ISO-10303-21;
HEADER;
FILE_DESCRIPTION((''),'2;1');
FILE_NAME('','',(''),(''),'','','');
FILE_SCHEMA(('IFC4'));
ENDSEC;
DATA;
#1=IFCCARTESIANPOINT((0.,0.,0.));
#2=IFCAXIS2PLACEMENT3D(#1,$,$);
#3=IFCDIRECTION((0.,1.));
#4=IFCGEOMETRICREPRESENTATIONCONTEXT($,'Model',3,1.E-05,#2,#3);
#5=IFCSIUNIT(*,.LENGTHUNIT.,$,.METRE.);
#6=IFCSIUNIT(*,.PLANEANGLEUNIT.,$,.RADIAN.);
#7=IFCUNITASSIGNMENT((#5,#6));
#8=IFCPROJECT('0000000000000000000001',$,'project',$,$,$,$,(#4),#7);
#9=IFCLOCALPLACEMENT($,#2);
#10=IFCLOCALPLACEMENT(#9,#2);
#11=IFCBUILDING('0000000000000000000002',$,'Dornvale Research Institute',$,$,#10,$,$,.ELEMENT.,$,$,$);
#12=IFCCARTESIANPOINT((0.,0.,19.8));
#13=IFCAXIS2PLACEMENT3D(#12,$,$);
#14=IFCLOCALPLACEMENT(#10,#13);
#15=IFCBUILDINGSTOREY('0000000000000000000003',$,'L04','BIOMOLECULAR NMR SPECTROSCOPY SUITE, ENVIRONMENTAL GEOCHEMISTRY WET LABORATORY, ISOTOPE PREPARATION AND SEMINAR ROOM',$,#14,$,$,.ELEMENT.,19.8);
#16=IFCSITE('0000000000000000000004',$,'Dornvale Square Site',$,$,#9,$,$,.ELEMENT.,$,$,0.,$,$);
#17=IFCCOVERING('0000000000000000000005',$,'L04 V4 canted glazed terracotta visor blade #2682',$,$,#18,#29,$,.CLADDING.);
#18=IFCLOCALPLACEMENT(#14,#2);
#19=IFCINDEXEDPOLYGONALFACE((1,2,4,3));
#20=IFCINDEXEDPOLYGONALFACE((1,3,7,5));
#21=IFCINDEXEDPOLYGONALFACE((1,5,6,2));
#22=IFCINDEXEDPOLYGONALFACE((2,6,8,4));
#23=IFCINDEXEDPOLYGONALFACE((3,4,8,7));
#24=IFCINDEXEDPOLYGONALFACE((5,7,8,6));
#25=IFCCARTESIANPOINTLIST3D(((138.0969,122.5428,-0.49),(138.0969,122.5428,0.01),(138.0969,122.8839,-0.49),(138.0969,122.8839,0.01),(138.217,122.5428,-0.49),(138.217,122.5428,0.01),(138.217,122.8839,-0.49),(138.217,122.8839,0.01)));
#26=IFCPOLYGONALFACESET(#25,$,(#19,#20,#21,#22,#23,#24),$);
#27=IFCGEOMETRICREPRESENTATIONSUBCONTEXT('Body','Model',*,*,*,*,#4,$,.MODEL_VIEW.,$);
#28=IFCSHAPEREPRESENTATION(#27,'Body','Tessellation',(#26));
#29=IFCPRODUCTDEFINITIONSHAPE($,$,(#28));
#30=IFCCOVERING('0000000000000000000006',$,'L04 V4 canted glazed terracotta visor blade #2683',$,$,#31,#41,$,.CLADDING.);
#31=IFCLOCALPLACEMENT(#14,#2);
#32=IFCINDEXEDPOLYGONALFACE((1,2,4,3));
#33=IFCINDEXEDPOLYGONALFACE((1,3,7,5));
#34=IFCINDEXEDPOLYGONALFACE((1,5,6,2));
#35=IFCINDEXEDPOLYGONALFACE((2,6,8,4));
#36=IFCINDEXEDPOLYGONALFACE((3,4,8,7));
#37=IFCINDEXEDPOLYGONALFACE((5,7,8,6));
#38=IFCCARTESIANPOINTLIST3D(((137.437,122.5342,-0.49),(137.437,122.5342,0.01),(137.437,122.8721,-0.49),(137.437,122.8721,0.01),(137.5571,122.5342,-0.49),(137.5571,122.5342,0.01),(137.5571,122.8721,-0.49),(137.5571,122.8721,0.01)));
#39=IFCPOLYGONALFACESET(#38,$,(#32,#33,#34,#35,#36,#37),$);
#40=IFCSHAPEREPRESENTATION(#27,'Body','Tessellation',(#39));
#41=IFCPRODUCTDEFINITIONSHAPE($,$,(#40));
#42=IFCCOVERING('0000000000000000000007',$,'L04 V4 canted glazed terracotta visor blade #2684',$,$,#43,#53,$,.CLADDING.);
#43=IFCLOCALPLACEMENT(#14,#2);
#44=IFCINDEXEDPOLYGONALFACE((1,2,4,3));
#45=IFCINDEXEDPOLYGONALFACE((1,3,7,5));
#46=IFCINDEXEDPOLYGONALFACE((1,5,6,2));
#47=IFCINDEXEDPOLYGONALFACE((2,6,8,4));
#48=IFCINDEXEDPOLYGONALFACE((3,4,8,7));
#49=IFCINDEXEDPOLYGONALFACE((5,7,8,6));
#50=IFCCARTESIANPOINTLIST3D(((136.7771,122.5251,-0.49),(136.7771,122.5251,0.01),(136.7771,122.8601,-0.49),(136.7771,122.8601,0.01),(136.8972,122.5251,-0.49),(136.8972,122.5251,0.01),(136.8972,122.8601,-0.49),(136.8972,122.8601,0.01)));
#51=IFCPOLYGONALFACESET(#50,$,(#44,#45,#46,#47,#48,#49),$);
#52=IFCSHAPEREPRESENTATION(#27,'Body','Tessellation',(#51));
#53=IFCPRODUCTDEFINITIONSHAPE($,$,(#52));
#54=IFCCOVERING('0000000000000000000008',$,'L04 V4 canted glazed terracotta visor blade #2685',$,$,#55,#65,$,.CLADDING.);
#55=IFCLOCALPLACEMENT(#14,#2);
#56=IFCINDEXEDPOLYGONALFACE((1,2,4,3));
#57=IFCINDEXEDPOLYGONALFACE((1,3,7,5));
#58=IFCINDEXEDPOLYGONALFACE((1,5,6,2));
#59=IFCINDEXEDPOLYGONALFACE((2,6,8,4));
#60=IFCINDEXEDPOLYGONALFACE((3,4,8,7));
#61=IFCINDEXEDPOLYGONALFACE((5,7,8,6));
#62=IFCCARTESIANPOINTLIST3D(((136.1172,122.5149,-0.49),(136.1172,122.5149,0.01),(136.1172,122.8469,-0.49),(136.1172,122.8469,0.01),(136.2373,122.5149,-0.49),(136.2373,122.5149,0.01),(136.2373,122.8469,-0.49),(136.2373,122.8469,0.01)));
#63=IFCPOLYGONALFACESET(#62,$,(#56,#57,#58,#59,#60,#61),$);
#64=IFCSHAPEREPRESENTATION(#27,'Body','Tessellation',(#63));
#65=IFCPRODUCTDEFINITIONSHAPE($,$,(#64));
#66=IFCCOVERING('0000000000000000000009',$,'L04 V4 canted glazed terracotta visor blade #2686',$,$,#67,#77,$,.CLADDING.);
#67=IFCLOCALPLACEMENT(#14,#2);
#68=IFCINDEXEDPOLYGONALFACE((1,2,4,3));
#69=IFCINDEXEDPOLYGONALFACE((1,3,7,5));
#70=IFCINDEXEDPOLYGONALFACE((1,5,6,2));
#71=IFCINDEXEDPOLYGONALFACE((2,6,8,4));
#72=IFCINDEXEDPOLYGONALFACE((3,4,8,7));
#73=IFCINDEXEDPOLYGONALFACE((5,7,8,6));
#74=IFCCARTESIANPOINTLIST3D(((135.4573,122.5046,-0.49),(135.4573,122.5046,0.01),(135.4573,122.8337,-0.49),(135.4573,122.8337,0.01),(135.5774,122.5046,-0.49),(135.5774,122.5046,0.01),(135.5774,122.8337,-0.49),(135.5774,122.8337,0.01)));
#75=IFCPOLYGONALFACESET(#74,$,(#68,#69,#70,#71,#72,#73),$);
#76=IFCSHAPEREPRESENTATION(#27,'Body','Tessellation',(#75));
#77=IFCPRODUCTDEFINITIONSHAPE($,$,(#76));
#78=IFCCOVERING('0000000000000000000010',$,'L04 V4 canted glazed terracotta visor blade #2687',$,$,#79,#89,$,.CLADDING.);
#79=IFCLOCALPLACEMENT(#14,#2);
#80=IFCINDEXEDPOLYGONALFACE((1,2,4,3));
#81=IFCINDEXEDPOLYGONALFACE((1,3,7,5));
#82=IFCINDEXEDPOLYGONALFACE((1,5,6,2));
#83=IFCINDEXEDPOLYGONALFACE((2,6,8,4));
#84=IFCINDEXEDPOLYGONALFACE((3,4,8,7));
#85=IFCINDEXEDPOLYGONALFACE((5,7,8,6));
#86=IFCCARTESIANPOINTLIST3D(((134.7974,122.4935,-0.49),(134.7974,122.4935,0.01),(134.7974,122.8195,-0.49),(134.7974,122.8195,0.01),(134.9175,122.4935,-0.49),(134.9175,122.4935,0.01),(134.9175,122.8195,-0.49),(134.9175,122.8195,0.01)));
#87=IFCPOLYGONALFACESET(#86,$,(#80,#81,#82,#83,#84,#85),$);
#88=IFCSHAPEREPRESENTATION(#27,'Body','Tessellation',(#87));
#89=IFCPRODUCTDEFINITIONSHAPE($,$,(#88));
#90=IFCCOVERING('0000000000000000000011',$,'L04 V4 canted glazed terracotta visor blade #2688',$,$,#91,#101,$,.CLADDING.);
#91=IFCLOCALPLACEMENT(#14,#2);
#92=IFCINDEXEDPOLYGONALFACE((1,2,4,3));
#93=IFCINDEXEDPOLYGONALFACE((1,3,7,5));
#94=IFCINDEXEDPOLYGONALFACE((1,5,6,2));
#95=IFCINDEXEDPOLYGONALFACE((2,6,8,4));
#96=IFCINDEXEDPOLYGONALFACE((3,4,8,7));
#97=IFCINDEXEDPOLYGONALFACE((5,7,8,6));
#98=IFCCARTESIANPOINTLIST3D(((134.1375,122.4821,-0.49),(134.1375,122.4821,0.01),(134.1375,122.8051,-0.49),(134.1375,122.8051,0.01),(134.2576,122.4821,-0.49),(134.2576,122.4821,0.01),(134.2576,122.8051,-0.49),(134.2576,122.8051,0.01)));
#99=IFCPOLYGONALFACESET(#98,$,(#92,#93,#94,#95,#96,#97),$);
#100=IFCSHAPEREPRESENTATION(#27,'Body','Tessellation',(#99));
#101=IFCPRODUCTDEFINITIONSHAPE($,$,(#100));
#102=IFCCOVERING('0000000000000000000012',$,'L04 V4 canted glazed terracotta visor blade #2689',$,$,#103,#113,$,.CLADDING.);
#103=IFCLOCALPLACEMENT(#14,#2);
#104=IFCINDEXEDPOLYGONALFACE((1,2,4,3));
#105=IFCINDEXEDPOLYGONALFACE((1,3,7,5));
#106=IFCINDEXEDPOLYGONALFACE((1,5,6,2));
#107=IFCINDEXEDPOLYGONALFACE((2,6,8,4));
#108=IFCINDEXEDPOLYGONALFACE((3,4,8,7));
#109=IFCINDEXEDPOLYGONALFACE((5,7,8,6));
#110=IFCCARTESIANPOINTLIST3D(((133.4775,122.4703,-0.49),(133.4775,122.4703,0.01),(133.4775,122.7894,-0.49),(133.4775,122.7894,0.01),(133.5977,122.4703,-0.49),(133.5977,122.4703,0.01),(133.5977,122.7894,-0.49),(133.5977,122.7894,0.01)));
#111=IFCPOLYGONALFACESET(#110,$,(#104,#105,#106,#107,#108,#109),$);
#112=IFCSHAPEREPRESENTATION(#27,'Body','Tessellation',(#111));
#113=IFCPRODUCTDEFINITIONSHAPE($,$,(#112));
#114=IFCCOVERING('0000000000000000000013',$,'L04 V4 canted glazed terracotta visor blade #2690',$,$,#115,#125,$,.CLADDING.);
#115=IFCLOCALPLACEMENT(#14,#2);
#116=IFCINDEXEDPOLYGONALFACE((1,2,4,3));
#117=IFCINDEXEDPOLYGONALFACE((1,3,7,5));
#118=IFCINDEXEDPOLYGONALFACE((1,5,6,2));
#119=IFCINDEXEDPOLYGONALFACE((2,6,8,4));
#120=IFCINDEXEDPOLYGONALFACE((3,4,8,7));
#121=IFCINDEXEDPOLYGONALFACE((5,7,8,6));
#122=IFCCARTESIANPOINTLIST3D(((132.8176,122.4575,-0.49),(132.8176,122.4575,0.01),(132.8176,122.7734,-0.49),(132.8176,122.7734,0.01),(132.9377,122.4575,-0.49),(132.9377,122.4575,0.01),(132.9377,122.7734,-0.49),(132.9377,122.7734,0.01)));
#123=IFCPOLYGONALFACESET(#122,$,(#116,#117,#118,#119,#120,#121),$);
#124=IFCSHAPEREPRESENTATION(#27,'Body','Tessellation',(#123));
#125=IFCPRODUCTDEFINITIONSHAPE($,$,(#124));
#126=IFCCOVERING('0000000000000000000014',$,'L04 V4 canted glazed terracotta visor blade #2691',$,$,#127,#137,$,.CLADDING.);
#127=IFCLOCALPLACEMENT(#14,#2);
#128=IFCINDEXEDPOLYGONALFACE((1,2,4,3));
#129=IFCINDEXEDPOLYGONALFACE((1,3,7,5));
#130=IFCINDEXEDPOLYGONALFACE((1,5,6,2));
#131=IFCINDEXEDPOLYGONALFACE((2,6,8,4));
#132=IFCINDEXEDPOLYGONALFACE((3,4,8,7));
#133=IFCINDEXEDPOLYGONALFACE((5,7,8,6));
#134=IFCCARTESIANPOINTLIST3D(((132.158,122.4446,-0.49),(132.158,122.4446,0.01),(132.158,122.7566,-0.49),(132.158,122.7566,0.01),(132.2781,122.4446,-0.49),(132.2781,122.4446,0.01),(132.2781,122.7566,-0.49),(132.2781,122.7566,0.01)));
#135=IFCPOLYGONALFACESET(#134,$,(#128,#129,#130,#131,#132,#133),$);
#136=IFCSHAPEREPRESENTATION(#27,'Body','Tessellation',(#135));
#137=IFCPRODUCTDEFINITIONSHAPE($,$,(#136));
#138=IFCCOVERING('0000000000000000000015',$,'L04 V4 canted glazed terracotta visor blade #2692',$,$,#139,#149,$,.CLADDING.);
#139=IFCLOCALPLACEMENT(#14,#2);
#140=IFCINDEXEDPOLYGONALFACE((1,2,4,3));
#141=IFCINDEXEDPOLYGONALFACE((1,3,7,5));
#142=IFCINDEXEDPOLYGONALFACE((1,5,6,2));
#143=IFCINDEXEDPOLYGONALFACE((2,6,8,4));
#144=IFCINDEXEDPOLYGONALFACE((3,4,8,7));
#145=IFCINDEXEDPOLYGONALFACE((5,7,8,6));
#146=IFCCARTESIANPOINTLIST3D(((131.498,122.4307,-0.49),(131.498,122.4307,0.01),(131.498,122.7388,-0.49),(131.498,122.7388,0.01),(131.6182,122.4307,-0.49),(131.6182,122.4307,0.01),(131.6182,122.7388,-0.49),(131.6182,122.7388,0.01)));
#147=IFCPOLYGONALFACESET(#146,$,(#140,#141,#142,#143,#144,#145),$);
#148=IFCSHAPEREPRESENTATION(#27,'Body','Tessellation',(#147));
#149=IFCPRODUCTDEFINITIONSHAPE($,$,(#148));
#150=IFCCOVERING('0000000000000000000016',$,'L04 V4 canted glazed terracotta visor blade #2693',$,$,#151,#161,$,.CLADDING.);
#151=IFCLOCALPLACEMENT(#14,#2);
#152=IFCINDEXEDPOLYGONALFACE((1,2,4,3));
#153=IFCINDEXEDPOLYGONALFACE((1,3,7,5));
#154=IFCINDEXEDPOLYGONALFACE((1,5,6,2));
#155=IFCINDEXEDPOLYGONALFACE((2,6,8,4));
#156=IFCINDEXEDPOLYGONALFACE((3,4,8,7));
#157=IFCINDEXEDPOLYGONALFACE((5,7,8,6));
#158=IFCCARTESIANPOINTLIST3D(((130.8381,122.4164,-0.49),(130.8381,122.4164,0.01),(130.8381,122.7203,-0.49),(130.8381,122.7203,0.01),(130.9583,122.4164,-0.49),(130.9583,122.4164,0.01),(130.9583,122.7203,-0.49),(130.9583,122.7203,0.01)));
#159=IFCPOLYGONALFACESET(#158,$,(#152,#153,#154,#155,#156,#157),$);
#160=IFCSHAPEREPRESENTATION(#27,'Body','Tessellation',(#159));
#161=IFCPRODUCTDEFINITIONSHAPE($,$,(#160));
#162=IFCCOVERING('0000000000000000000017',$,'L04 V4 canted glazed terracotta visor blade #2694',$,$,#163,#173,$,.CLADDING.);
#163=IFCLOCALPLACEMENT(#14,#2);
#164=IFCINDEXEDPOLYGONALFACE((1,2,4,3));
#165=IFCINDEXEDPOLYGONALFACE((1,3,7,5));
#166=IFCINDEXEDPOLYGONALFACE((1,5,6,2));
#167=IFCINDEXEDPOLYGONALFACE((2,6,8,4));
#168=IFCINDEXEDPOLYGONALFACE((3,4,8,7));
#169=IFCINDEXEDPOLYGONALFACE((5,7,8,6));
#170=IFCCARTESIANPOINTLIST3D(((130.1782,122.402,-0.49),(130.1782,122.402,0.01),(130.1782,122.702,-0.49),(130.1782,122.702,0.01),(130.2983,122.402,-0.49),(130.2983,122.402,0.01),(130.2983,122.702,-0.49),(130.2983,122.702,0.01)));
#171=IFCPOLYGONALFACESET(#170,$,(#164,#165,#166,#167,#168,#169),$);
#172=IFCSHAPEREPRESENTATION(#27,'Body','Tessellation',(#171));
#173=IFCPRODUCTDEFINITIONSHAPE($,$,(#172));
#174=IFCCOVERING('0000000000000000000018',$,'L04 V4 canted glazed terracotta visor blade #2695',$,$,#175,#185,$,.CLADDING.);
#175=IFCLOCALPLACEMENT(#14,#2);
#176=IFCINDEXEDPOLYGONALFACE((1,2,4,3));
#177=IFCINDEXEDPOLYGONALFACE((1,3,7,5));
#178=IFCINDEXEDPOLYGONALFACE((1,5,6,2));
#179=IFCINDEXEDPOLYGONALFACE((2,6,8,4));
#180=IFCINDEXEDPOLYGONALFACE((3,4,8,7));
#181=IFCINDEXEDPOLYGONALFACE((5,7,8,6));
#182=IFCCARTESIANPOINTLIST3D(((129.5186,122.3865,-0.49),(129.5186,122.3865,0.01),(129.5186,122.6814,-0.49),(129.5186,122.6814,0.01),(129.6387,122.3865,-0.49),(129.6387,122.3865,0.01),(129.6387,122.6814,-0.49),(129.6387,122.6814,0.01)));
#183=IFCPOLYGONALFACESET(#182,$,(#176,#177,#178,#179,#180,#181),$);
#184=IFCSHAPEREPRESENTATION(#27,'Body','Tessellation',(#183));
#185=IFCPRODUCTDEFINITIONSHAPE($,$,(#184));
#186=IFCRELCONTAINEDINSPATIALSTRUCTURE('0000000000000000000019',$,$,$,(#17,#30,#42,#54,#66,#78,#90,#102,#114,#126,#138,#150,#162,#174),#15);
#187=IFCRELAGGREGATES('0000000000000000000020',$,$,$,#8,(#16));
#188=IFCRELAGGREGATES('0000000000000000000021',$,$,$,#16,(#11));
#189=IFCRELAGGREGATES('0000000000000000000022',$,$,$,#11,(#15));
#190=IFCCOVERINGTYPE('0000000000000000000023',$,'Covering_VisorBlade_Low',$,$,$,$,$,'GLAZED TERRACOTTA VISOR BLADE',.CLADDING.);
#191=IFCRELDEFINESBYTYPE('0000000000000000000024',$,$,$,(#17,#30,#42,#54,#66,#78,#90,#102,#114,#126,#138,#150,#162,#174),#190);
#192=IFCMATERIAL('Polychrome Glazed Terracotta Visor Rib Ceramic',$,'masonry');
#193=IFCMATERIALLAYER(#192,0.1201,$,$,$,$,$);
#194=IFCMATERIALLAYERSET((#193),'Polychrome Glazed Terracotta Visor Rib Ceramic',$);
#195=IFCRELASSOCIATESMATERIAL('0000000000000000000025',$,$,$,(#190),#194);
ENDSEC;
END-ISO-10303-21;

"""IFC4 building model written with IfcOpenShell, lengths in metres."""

from ifc_helpers import new_model, si_unit, direction, frame, origin, origin_2d, place, context, subcontext, project, spatial, rectangle, extrude, material, layer, layer_set, type_object, element, save


model = new_model("IFC4")

# Units and contexts
model_context = context("Model", 3, precision=1e-05, world=origin(), true_north=direction((0.0, 1.0)))
body_context = subcontext(model_context, "Body", "Model", "MODEL_VIEW")
ifc_project = project(units=[si_unit("LENGTHUNIT", "METRE"), si_unit("PLANEANGLEUNIT", "RADIAN")], contexts=[model_context])

# Site, building, storey
site_placement = place(None, origin())
site = spatial("IfcSite", under=ifc_project, at=site_placement, Name="Dornvale Square Site", CompositionType="ELEMENT", RefElevation=0.0)
building_placement = place(site_placement, origin())
building = spatial("IfcBuilding", under=site, at=building_placement, Name="Dornvale Research Institute", CompositionType="ELEMENT")
storey_placement = place(building_placement, frame((0.0, 0.0, 19.8)))
storey = spatial("IfcBuildingStorey", under=building, at=storey_placement, Name="L04", Description="BIOMOLECULAR NMR SPECTROSCOPY SUITE, ENVIRONMENTAL GEOCHEMISTRY WET LABORATORY, ISOTOPE PREPARATION AND SEMINAR ROOM", CompositionType="ELEMENT", Elevation=19.8)

# Coverings
ifc_material_1 = material(Name="Polychrome Glazed Terracotta Visor Rib Ceramic", Category="masonry")
ifc_layer_1 = layer(ifc_material_1, 0.1201)
ifc_layer_set_1 = layer_set([ifc_layer_1], Name="Polychrome Glazed Terracotta Visor Rib Ceramic")
covering_type = type_object("IfcCoveringType", Name="Covering_VisorBlade_Low", ElementType="GLAZED TERRACOTTA VISOR BLADE", PredefinedType="CLADDING", material=ifc_layer_set_1)
covering_1_placement = place(storey_placement, frame((138.157, 122.7134, -0.49), z_axis=(0.0, 0.0, 1.0), x_axis=(0.0, 1.0, 0.0)))
element("IfcCovering", 1, at=covering_1_placement, inside=storey, type_object=covering_type, Name="L04 V4 canted glazed terracotta visor blade #2682", PredefinedType="CLADDING", context=body_context, shape_type="SweptSolid", body=[
    extrude(rectangle(XDim=0.3411, YDim=0.1201, at=origin_2d()), origin(), (0.0, 0.0, 1.0), 0.5),
])
covering_2_placement = place(storey_placement, frame((137.4971, 122.7031, -0.49), z_axis=(0.0, 0.0, 1.0), x_axis=(0.0, 1.0, 0.0)))
element("IfcCovering", 2, at=covering_2_placement, inside=storey, type_object=covering_type, Name="L04 V4 canted glazed terracotta visor blade #2683", PredefinedType="CLADDING", context=body_context, shape_type="SweptSolid", body=[
    extrude(rectangle(XDim=0.3379, YDim=0.1201, at=origin_2d()), origin(), (0.0, 0.0, 1.0), 0.5),
])
covering_3_placement = place(storey_placement, frame((136.8372, 122.6926, -0.49), z_axis=(0.0, 0.0, 1.0), x_axis=(0.0, 1.0, 0.0)))
element("IfcCovering", 3, at=covering_3_placement, inside=storey, type_object=covering_type, Name="L04 V4 canted glazed terracotta visor blade #2684", PredefinedType="CLADDING", context=body_context, shape_type="SweptSolid", body=[
    extrude(rectangle(XDim=0.335, YDim=0.1201, at=origin_2d()), origin(), (0.0, 0.0, 1.0), 0.5),
])
covering_4_placement = place(storey_placement, frame((136.1772, 122.6809, -0.49), z_axis=(0.0, 0.0, 1.0), x_axis=(0.0, 1.0, 0.0)))
element("IfcCovering", 4, at=covering_4_placement, inside=storey, type_object=covering_type, Name="L04 V4 canted glazed terracotta visor blade #2685", PredefinedType="CLADDING", context=body_context, shape_type="SweptSolid", body=[
    extrude(rectangle(XDim=0.332, YDim=0.1201, at=origin_2d()), origin(), (0.0, 0.0, 1.0), 0.5),
])
covering_5_placement = place(storey_placement, frame((135.5173, 122.6692, -0.49), z_axis=(0.0, 0.0, 1.0), x_axis=(0.0, 1.0, 0.0)))
element("IfcCovering", 5, at=covering_5_placement, inside=storey, type_object=covering_type, Name="L04 V4 canted glazed terracotta visor blade #2686", PredefinedType="CLADDING", context=body_context, shape_type="SweptSolid", body=[
    extrude(rectangle(XDim=0.3291, YDim=0.1201, at=origin_2d()), origin(), (0.0, 0.0, 1.0), 0.5),
])
covering_6_placement = place(storey_placement, frame((134.8574, 122.6565, -0.49), z_axis=(0.0, 0.0, 1.0), x_axis=(0.0, 1.0, 0.0)))
element("IfcCovering", 6, at=covering_6_placement, inside=storey, type_object=covering_type, Name="L04 V4 canted glazed terracotta visor blade #2687", PredefinedType="CLADDING", context=body_context, shape_type="SweptSolid", body=[
    extrude(rectangle(XDim=0.3259, YDim=0.1201, at=origin_2d()), origin(), (0.0, 0.0, 1.0), 0.5),
])
covering_7_placement = place(storey_placement, frame((134.1975, 122.6436, -0.49), z_axis=(0.0, 0.0, 1.0), x_axis=(0.0, 1.0, 0.0)))
element("IfcCovering", 7, at=covering_7_placement, inside=storey, type_object=covering_type, Name="L04 V4 canted glazed terracotta visor blade #2688", PredefinedType="CLADDING", context=body_context, shape_type="SweptSolid", body=[
    extrude(rectangle(XDim=0.323, YDim=0.1201, at=origin_2d()), origin(), (0.0, 0.0, 1.0), 0.5),
])
covering_8_placement = place(storey_placement, frame((133.5376, 122.6299, -0.49), z_axis=(0.0, 0.0, 1.0), x_axis=(0.0, 1.0, 0.0)))
element("IfcCovering", 8, at=covering_8_placement, inside=storey, type_object=covering_type, Name="L04 V4 canted glazed terracotta visor blade #2689", PredefinedType="CLADDING", context=body_context, shape_type="SweptSolid", body=[
    extrude(rectangle(XDim=0.3191, YDim=0.1201, at=origin_2d()), origin(), (0.0, 0.0, 1.0), 0.5),
])
covering_9_placement = place(storey_placement, frame((132.8777, 122.6155, -0.49), z_axis=(0.0, 0.0, 1.0), x_axis=(0.0, 1.0, 0.0)))
element("IfcCovering", 9, at=covering_9_placement, inside=storey, type_object=covering_type, Name="L04 V4 canted glazed terracotta visor blade #2690", PredefinedType="CLADDING", context=body_context, shape_type="SweptSolid", body=[
    extrude(rectangle(XDim=0.3159, YDim=0.1201, at=origin_2d()), origin(), (0.0, 0.0, 1.0), 0.5),
])
covering_10_placement = place(storey_placement, frame((132.218, 122.6006, -0.49), z_axis=(0.0, 0.0, 1.0), x_axis=(0.0, 1.0, 0.0)))
element("IfcCovering", 10, at=covering_10_placement, inside=storey, type_object=covering_type, Name="L04 V4 canted glazed terracotta visor blade #2691", PredefinedType="CLADDING", context=body_context, shape_type="SweptSolid", body=[
    extrude(rectangle(XDim=0.312, YDim=0.1201, at=origin_2d()), origin(), (0.0, 0.0, 1.0), 0.5),
])
covering_11_placement = place(storey_placement, frame((131.5581, 122.5847, -0.49), z_axis=(0.0, 0.0, 1.0), x_axis=(0.0, 1.0, 0.0)))
element("IfcCovering", 11, at=covering_11_placement, inside=storey, type_object=covering_type, Name="L04 V4 canted glazed terracotta visor blade #2692", PredefinedType="CLADDING", context=body_context, shape_type="SweptSolid", body=[
    extrude(rectangle(XDim=0.3081, YDim=0.1201, at=origin_2d()), origin(), (0.0, 0.0, 1.0), 0.5),
])
covering_12_placement = place(storey_placement, frame((130.8982, 122.5684, -0.49), z_axis=(0.0, 0.0, 1.0), x_axis=(0.0, 1.0, 0.0)))
element("IfcCovering", 12, at=covering_12_placement, inside=storey, type_object=covering_type, Name="L04 V4 canted glazed terracotta visor blade #2693", PredefinedType="CLADDING", context=body_context, shape_type="SweptSolid", body=[
    extrude(rectangle(XDim=0.304, YDim=0.1201, at=origin_2d()), origin(), (0.0, 0.0, 1.0), 0.5),
])
covering_13_placement = place(storey_placement, frame((130.2383, 122.552, -0.49), z_axis=(0.0, 0.0, 1.0), x_axis=(0.0, 1.0, 0.0)))
element("IfcCovering", 13, at=covering_13_placement, inside=storey, type_object=covering_type, Name="L04 V4 canted glazed terracotta visor blade #2694", PredefinedType="CLADDING", context=body_context, shape_type="SweptSolid", body=[
    extrude(rectangle(XDim=0.3, YDim=0.1201, at=origin_2d()), origin(), (0.0, 0.0, 1.0), 0.5),
])
covering_14_placement = place(storey_placement, frame((129.5786, 122.5339, -0.49), z_axis=(0.0, 0.0, 1.0), x_axis=(0.0, 1.0, 0.0)))
element("IfcCovering", 14, at=covering_14_placement, inside=storey, type_object=covering_type, Name="L04 V4 canted glazed terracotta visor blade #2695", PredefinedType="CLADDING", context=body_context, shape_type="SweptSolid", body=[
    extrude(rectangle(XDim=0.2949, YDim=0.1201, at=origin_2d()), origin(), (0.0, 0.0, 1.0), 0.5),
])

save(model, "model.ifc")
